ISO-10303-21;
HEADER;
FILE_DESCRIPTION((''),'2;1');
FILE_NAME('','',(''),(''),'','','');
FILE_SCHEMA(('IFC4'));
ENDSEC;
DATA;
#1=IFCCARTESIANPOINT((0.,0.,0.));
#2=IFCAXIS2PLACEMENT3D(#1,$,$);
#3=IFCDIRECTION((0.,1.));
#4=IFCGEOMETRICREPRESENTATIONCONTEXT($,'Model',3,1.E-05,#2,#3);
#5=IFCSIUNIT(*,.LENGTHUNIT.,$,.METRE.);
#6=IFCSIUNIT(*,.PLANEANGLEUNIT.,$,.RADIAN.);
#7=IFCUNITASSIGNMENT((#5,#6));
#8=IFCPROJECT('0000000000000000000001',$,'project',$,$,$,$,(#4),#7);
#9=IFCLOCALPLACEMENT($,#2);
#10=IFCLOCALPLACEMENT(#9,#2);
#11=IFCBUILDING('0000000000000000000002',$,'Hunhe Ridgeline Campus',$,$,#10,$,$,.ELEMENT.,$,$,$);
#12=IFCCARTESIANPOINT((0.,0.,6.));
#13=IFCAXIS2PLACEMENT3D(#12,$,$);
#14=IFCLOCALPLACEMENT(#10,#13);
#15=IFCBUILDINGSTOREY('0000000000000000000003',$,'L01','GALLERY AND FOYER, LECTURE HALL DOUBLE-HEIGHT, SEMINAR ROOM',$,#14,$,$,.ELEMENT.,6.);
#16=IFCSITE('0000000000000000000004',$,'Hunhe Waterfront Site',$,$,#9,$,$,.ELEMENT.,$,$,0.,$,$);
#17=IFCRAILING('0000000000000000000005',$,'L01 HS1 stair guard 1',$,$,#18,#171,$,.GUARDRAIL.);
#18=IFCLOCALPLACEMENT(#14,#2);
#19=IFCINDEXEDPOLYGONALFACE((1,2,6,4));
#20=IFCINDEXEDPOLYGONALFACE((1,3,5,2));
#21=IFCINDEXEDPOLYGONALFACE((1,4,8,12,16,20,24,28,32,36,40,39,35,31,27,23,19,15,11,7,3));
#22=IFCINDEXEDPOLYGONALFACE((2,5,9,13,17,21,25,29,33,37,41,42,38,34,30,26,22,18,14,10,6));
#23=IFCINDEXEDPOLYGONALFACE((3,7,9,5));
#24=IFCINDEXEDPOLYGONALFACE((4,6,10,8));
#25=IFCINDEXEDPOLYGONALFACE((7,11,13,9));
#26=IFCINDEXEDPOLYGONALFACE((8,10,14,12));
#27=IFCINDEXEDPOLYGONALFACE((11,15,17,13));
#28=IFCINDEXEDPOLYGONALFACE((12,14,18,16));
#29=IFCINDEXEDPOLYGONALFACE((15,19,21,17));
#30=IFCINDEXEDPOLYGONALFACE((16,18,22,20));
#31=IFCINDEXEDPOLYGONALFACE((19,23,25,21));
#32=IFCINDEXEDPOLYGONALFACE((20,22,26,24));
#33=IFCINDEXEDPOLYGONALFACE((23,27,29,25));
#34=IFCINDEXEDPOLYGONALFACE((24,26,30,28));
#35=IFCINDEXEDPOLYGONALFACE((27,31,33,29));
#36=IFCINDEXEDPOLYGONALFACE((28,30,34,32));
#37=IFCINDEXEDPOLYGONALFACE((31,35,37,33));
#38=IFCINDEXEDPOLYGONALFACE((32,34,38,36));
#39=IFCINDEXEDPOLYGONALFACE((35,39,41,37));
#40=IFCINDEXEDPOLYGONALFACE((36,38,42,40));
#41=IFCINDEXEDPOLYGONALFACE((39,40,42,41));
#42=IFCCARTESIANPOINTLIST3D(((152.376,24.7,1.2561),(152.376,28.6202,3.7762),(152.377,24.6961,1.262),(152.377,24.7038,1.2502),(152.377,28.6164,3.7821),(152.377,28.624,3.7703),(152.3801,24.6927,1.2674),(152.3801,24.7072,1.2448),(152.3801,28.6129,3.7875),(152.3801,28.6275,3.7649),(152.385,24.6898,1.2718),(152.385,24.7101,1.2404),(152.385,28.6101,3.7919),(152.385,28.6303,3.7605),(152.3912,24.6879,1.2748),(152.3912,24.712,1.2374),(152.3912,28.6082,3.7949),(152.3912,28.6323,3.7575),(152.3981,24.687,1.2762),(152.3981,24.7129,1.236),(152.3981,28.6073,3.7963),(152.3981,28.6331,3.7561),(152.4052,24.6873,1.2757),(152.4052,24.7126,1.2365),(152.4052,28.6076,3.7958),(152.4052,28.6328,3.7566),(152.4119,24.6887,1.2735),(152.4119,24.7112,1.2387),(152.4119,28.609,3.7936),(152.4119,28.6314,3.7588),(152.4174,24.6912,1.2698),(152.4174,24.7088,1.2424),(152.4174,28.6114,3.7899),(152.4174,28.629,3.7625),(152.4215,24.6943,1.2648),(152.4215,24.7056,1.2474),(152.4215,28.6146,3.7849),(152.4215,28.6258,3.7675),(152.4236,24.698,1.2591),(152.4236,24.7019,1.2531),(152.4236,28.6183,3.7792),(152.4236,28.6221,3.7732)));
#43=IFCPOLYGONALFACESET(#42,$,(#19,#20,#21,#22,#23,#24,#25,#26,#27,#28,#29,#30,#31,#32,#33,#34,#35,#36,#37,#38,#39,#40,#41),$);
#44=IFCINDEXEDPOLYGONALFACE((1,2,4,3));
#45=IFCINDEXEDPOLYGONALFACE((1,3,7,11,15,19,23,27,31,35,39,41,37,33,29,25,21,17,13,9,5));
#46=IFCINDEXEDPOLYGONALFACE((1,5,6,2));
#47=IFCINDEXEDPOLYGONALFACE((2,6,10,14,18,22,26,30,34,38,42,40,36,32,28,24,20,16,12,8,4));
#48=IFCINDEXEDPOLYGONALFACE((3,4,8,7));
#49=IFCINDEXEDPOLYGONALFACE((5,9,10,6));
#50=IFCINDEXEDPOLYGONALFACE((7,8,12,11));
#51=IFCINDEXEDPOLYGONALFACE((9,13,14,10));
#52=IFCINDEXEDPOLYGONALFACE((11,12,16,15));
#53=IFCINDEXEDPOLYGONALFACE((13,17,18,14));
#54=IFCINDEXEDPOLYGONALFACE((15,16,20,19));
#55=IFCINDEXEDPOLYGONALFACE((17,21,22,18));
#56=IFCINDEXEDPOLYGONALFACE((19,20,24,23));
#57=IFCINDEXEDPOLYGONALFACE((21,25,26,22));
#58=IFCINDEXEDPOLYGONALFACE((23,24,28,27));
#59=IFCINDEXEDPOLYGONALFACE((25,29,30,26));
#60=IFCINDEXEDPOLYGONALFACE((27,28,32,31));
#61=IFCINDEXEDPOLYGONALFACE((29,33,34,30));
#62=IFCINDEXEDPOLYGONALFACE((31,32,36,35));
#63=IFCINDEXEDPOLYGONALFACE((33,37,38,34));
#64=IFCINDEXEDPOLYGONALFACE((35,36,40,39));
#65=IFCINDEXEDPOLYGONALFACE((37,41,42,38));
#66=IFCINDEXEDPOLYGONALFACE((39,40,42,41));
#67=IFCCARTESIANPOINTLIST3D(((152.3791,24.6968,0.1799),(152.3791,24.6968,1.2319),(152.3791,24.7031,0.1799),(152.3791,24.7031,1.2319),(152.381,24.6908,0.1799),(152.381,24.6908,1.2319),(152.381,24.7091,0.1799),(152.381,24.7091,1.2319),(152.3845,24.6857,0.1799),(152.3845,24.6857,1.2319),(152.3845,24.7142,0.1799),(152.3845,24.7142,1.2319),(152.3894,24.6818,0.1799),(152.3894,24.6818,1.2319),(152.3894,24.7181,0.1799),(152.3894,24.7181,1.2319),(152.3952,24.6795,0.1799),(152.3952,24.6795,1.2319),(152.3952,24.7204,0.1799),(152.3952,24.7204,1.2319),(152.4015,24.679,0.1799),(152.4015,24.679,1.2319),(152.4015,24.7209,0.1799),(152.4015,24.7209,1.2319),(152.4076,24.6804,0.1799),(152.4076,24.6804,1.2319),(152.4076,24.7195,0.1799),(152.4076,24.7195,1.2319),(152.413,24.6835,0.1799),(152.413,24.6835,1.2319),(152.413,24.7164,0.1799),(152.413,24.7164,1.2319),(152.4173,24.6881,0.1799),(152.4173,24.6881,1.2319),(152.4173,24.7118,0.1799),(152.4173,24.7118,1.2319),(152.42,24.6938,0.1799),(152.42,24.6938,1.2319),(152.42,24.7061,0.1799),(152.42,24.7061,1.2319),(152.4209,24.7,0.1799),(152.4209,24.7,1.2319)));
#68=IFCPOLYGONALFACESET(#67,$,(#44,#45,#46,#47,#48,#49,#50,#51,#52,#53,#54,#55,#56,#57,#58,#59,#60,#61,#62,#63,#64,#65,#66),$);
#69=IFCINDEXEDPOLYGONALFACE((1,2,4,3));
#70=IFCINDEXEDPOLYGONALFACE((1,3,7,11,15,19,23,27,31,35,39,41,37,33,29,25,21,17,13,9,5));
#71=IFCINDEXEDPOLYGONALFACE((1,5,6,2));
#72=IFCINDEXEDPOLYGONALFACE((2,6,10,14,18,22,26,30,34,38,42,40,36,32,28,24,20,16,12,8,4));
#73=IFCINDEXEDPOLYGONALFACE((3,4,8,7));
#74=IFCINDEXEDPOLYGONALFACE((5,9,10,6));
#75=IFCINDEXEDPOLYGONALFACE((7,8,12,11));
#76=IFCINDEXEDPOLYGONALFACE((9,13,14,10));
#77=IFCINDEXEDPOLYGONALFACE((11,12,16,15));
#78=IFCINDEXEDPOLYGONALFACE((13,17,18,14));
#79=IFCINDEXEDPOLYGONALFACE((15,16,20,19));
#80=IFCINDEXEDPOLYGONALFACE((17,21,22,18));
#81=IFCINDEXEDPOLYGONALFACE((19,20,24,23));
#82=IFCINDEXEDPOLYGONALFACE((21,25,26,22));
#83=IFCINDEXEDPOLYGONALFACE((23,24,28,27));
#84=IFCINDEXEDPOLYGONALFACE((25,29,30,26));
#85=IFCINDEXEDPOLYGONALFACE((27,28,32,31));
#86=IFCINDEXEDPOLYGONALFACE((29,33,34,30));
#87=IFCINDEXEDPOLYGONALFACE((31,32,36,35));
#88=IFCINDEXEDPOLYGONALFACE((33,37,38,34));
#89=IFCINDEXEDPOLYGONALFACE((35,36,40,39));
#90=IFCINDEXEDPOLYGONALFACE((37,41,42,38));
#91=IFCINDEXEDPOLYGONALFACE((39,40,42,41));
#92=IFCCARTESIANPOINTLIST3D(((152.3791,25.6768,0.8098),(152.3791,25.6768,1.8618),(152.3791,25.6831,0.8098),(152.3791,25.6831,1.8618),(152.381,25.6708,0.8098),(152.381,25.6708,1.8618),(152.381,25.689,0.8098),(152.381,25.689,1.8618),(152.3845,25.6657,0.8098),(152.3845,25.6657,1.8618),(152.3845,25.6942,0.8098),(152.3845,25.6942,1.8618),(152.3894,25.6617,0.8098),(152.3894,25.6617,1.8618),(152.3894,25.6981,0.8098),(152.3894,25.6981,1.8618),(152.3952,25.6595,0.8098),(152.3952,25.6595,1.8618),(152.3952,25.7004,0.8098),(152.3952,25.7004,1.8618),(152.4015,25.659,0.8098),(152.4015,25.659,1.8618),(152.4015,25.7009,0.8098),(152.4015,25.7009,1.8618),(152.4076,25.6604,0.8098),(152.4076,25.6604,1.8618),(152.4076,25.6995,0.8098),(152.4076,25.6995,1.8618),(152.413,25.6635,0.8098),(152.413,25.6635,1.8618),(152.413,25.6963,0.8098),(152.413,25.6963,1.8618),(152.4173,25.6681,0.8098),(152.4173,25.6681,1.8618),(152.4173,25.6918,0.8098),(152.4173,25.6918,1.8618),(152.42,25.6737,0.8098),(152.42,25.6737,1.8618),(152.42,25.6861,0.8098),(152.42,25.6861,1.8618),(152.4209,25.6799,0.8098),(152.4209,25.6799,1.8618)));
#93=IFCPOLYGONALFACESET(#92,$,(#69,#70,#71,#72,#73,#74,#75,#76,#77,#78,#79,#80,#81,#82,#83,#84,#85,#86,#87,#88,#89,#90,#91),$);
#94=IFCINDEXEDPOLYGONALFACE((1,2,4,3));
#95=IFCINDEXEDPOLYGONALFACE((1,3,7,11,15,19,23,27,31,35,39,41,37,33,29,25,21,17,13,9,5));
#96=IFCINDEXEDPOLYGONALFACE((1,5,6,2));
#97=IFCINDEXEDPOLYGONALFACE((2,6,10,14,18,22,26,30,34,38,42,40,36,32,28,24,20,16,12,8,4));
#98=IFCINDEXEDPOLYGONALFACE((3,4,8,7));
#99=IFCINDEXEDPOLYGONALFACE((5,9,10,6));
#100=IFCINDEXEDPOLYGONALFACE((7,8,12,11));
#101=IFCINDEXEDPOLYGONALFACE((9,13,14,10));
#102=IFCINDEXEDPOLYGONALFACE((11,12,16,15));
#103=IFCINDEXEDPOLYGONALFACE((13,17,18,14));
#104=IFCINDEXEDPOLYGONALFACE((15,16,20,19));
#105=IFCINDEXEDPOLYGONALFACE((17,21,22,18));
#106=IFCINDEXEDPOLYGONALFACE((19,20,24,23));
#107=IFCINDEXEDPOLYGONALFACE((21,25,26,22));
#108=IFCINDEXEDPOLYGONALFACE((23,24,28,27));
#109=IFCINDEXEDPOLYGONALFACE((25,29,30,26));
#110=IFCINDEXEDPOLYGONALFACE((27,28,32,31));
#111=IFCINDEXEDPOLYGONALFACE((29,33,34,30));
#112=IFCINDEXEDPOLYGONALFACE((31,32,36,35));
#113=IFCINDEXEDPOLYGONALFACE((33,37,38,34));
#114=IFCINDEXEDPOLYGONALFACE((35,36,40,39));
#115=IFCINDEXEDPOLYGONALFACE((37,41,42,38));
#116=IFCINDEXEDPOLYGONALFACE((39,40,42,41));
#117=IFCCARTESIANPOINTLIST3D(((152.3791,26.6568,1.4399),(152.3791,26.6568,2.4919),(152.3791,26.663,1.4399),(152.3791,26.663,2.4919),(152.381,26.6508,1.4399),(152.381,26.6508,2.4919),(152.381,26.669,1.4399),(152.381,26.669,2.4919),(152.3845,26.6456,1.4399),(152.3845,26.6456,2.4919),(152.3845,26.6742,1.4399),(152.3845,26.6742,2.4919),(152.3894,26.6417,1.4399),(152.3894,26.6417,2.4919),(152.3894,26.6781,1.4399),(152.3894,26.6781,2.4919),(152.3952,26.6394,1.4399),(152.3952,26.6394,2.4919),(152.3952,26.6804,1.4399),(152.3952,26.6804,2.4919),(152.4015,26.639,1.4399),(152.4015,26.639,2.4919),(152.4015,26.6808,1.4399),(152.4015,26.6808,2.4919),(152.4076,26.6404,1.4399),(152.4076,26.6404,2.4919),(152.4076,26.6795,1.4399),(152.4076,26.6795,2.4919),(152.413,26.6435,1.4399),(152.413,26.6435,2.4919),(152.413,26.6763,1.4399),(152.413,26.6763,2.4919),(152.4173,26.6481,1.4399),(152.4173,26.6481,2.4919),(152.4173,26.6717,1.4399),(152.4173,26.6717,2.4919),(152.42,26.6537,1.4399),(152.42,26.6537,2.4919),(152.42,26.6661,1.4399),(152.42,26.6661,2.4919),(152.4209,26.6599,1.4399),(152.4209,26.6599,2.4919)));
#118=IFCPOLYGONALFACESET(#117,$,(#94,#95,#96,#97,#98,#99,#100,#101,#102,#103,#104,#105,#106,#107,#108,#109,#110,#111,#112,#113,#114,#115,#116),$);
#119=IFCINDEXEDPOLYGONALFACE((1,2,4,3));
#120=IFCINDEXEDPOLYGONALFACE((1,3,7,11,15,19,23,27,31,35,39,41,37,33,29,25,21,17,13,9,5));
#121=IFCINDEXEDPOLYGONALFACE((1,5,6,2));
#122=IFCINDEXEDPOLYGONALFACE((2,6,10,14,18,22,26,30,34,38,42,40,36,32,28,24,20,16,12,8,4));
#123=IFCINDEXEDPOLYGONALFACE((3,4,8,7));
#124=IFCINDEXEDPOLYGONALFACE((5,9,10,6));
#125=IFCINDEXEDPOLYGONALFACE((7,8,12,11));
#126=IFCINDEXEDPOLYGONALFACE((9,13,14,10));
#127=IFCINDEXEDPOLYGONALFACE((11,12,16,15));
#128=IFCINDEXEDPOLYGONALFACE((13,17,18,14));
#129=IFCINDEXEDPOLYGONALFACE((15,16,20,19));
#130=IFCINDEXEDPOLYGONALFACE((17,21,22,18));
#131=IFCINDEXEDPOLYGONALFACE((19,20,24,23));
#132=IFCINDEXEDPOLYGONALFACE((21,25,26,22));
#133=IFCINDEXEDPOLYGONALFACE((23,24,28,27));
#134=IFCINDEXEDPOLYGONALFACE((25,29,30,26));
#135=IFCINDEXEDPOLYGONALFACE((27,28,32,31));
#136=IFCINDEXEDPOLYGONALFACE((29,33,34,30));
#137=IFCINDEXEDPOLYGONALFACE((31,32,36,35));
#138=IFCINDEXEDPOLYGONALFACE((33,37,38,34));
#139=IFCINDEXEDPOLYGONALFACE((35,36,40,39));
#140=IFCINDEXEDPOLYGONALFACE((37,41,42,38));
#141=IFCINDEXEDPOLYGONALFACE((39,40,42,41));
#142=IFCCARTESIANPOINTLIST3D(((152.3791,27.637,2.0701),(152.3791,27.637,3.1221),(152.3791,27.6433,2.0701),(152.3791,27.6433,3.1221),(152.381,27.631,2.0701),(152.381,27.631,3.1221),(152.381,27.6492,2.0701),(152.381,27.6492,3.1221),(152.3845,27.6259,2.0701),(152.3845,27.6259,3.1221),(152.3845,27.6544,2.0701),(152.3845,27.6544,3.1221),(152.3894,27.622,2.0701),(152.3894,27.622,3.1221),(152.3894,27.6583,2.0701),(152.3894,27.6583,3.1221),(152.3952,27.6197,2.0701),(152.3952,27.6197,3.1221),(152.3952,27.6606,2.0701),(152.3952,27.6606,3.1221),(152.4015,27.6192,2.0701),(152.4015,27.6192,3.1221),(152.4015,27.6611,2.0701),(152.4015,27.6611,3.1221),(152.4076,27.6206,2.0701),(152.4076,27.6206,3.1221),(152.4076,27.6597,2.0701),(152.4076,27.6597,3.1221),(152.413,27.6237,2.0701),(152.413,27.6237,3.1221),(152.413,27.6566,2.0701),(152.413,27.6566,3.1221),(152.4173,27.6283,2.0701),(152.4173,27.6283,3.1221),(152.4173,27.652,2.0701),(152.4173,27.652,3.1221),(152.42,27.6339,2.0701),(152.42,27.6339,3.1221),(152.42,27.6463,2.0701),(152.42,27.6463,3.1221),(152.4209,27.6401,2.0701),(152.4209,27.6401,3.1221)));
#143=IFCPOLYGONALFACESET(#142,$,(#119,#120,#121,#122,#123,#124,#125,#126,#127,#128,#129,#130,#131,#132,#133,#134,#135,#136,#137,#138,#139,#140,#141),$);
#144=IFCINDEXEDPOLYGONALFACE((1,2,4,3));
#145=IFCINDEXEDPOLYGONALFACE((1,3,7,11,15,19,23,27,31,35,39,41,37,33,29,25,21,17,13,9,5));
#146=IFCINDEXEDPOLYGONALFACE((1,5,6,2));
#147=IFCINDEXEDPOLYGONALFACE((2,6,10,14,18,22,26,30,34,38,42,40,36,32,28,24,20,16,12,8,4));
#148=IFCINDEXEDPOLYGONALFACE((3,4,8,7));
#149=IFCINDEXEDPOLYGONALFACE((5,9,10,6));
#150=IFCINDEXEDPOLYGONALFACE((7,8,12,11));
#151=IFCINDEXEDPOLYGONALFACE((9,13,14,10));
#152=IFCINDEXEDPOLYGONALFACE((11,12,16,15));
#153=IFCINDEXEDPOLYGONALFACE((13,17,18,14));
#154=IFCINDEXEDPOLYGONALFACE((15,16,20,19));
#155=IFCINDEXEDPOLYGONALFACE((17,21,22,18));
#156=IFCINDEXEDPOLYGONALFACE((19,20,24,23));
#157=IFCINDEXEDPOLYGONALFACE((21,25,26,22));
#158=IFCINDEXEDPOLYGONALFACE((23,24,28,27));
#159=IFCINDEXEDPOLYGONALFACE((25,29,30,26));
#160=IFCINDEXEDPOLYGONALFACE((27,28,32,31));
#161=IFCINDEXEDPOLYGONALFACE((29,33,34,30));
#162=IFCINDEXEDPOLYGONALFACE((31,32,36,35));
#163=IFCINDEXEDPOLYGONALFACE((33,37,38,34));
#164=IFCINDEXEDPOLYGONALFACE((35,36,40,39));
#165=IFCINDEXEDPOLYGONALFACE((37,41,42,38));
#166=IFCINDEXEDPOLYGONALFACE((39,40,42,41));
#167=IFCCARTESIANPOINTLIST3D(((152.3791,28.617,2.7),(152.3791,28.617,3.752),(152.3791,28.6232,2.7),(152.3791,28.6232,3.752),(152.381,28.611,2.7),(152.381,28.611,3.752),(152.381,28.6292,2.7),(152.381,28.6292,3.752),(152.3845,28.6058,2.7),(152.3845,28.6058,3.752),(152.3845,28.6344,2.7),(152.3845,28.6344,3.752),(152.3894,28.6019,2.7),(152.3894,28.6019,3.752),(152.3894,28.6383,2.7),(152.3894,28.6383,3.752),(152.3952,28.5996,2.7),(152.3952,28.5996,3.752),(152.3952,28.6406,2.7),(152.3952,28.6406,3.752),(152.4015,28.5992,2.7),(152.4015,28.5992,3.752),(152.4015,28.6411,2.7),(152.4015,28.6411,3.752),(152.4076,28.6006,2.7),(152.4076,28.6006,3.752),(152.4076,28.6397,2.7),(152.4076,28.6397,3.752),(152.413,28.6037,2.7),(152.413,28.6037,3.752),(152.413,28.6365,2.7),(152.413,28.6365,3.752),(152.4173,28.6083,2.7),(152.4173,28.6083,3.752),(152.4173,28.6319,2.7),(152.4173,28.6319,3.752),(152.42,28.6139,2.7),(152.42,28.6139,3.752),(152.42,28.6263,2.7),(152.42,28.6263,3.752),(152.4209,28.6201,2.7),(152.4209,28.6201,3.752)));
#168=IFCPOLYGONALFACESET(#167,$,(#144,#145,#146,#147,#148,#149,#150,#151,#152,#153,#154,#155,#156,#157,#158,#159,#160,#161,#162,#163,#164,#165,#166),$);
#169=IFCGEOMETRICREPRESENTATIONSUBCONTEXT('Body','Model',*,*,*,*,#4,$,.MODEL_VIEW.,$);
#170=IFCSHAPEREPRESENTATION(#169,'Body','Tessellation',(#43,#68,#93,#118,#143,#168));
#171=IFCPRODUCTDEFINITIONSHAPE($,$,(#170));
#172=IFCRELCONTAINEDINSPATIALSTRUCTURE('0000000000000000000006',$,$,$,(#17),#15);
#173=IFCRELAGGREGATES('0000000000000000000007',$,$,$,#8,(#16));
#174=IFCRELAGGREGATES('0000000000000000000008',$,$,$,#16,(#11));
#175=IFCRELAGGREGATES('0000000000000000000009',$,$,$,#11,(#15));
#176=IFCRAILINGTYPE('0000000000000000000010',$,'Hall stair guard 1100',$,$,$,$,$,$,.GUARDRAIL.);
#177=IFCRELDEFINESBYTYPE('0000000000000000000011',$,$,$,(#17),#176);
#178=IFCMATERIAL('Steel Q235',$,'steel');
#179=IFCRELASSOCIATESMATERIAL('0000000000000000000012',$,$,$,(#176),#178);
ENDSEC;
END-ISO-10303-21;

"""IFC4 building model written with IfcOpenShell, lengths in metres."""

from ifc_helpers import new_model, si_unit, direction, frame, origin, origin_2d, place, context, subcontext, project, spatial, circle, extrude, material, type_object, element, save


model = new_model("IFC4")

# Units and contexts
model_context = context("Model", 3, precision=1e-05, world=origin(), true_north=direction((0.0, 1.0)))
body_context = subcontext(model_context, "Body", "Model", "MODEL_VIEW")
ifc_project = project(units=[si_unit("LENGTHUNIT", "METRE"), si_unit("PLANEANGLEUNIT", "RADIAN")], contexts=[model_context])

# Site, building, storey
site_placement = place(None, origin())
site = spatial("IfcSite", under=ifc_project, at=site_placement, Name="Hunhe Waterfront Site", CompositionType="ELEMENT", RefElevation=0.0)
building_placement = place(site_placement, origin())
building = spatial("IfcBuilding", under=site, at=building_placement, Name="Hunhe Ridgeline Campus", CompositionType="ELEMENT")
storey_placement = place(building_placement, frame((0.0, 0.0, 6.0)))
storey = spatial("IfcBuildingStorey", under=building, at=storey_placement, Name="L01", Description="GALLERY AND FOYER, LECTURE HALL DOUBLE-HEIGHT, SEMINAR ROOM", CompositionType="ELEMENT", Elevation=6.0)

# Shared definitions
ifc_material_1 = material(Name="Steel Q235", Category="steel")

# Railing
railing_type_1 = type_object("IfcRailingType", Name="Hall stair guard 1100", PredefinedType="GUARDRAIL", material=ifc_material_1)
railing_1_placement = place(storey_placement, frame((152.3999, 24.7, 0.1799)))
element("IfcRailing", 1, at=railing_1_placement, inside=storey, type_object=railing_type_1, Name="L01 HS1 stair guard 1", PredefinedType="GUARDRAIL", context=body_context, shape_type="SweptSolid", body=[
    extrude(circle(Radius=0.0239, at=origin_2d()), frame((0.0, 0.0, 1.0762), z_axis=(0.0, 0.841187, 0.540744), x_axis=(-1.0, 0.0, 0.0)), (0.0, 0.0, 1.0), 4.6604),
    extrude(circle(Radius=0.021, at=origin_2d()), origin(), (0.0, 0.0, 1.0), 1.052),
    extrude(circle(Radius=0.021, at=origin_2d()), frame((0.0, 0.98, 0.6299)), (0.0, 0.0, 1.0), 1.052),
    extrude(circle(Radius=0.021, at=origin_2d()), frame((0.0, 1.96, 1.26)), (0.0, 0.0, 1.0), 1.052),
    extrude(circle(Radius=0.021, at=origin_2d()), frame((0.0, 2.9402, 1.8901)), (0.0, 0.0, 1.0), 1.052),
    extrude(circle(Radius=0.021, at=origin_2d()), frame((0.0, 3.9202, 2.52)), (0.0, 0.0, 1.0), 1.052),
])

save(model, "model.ifc")
